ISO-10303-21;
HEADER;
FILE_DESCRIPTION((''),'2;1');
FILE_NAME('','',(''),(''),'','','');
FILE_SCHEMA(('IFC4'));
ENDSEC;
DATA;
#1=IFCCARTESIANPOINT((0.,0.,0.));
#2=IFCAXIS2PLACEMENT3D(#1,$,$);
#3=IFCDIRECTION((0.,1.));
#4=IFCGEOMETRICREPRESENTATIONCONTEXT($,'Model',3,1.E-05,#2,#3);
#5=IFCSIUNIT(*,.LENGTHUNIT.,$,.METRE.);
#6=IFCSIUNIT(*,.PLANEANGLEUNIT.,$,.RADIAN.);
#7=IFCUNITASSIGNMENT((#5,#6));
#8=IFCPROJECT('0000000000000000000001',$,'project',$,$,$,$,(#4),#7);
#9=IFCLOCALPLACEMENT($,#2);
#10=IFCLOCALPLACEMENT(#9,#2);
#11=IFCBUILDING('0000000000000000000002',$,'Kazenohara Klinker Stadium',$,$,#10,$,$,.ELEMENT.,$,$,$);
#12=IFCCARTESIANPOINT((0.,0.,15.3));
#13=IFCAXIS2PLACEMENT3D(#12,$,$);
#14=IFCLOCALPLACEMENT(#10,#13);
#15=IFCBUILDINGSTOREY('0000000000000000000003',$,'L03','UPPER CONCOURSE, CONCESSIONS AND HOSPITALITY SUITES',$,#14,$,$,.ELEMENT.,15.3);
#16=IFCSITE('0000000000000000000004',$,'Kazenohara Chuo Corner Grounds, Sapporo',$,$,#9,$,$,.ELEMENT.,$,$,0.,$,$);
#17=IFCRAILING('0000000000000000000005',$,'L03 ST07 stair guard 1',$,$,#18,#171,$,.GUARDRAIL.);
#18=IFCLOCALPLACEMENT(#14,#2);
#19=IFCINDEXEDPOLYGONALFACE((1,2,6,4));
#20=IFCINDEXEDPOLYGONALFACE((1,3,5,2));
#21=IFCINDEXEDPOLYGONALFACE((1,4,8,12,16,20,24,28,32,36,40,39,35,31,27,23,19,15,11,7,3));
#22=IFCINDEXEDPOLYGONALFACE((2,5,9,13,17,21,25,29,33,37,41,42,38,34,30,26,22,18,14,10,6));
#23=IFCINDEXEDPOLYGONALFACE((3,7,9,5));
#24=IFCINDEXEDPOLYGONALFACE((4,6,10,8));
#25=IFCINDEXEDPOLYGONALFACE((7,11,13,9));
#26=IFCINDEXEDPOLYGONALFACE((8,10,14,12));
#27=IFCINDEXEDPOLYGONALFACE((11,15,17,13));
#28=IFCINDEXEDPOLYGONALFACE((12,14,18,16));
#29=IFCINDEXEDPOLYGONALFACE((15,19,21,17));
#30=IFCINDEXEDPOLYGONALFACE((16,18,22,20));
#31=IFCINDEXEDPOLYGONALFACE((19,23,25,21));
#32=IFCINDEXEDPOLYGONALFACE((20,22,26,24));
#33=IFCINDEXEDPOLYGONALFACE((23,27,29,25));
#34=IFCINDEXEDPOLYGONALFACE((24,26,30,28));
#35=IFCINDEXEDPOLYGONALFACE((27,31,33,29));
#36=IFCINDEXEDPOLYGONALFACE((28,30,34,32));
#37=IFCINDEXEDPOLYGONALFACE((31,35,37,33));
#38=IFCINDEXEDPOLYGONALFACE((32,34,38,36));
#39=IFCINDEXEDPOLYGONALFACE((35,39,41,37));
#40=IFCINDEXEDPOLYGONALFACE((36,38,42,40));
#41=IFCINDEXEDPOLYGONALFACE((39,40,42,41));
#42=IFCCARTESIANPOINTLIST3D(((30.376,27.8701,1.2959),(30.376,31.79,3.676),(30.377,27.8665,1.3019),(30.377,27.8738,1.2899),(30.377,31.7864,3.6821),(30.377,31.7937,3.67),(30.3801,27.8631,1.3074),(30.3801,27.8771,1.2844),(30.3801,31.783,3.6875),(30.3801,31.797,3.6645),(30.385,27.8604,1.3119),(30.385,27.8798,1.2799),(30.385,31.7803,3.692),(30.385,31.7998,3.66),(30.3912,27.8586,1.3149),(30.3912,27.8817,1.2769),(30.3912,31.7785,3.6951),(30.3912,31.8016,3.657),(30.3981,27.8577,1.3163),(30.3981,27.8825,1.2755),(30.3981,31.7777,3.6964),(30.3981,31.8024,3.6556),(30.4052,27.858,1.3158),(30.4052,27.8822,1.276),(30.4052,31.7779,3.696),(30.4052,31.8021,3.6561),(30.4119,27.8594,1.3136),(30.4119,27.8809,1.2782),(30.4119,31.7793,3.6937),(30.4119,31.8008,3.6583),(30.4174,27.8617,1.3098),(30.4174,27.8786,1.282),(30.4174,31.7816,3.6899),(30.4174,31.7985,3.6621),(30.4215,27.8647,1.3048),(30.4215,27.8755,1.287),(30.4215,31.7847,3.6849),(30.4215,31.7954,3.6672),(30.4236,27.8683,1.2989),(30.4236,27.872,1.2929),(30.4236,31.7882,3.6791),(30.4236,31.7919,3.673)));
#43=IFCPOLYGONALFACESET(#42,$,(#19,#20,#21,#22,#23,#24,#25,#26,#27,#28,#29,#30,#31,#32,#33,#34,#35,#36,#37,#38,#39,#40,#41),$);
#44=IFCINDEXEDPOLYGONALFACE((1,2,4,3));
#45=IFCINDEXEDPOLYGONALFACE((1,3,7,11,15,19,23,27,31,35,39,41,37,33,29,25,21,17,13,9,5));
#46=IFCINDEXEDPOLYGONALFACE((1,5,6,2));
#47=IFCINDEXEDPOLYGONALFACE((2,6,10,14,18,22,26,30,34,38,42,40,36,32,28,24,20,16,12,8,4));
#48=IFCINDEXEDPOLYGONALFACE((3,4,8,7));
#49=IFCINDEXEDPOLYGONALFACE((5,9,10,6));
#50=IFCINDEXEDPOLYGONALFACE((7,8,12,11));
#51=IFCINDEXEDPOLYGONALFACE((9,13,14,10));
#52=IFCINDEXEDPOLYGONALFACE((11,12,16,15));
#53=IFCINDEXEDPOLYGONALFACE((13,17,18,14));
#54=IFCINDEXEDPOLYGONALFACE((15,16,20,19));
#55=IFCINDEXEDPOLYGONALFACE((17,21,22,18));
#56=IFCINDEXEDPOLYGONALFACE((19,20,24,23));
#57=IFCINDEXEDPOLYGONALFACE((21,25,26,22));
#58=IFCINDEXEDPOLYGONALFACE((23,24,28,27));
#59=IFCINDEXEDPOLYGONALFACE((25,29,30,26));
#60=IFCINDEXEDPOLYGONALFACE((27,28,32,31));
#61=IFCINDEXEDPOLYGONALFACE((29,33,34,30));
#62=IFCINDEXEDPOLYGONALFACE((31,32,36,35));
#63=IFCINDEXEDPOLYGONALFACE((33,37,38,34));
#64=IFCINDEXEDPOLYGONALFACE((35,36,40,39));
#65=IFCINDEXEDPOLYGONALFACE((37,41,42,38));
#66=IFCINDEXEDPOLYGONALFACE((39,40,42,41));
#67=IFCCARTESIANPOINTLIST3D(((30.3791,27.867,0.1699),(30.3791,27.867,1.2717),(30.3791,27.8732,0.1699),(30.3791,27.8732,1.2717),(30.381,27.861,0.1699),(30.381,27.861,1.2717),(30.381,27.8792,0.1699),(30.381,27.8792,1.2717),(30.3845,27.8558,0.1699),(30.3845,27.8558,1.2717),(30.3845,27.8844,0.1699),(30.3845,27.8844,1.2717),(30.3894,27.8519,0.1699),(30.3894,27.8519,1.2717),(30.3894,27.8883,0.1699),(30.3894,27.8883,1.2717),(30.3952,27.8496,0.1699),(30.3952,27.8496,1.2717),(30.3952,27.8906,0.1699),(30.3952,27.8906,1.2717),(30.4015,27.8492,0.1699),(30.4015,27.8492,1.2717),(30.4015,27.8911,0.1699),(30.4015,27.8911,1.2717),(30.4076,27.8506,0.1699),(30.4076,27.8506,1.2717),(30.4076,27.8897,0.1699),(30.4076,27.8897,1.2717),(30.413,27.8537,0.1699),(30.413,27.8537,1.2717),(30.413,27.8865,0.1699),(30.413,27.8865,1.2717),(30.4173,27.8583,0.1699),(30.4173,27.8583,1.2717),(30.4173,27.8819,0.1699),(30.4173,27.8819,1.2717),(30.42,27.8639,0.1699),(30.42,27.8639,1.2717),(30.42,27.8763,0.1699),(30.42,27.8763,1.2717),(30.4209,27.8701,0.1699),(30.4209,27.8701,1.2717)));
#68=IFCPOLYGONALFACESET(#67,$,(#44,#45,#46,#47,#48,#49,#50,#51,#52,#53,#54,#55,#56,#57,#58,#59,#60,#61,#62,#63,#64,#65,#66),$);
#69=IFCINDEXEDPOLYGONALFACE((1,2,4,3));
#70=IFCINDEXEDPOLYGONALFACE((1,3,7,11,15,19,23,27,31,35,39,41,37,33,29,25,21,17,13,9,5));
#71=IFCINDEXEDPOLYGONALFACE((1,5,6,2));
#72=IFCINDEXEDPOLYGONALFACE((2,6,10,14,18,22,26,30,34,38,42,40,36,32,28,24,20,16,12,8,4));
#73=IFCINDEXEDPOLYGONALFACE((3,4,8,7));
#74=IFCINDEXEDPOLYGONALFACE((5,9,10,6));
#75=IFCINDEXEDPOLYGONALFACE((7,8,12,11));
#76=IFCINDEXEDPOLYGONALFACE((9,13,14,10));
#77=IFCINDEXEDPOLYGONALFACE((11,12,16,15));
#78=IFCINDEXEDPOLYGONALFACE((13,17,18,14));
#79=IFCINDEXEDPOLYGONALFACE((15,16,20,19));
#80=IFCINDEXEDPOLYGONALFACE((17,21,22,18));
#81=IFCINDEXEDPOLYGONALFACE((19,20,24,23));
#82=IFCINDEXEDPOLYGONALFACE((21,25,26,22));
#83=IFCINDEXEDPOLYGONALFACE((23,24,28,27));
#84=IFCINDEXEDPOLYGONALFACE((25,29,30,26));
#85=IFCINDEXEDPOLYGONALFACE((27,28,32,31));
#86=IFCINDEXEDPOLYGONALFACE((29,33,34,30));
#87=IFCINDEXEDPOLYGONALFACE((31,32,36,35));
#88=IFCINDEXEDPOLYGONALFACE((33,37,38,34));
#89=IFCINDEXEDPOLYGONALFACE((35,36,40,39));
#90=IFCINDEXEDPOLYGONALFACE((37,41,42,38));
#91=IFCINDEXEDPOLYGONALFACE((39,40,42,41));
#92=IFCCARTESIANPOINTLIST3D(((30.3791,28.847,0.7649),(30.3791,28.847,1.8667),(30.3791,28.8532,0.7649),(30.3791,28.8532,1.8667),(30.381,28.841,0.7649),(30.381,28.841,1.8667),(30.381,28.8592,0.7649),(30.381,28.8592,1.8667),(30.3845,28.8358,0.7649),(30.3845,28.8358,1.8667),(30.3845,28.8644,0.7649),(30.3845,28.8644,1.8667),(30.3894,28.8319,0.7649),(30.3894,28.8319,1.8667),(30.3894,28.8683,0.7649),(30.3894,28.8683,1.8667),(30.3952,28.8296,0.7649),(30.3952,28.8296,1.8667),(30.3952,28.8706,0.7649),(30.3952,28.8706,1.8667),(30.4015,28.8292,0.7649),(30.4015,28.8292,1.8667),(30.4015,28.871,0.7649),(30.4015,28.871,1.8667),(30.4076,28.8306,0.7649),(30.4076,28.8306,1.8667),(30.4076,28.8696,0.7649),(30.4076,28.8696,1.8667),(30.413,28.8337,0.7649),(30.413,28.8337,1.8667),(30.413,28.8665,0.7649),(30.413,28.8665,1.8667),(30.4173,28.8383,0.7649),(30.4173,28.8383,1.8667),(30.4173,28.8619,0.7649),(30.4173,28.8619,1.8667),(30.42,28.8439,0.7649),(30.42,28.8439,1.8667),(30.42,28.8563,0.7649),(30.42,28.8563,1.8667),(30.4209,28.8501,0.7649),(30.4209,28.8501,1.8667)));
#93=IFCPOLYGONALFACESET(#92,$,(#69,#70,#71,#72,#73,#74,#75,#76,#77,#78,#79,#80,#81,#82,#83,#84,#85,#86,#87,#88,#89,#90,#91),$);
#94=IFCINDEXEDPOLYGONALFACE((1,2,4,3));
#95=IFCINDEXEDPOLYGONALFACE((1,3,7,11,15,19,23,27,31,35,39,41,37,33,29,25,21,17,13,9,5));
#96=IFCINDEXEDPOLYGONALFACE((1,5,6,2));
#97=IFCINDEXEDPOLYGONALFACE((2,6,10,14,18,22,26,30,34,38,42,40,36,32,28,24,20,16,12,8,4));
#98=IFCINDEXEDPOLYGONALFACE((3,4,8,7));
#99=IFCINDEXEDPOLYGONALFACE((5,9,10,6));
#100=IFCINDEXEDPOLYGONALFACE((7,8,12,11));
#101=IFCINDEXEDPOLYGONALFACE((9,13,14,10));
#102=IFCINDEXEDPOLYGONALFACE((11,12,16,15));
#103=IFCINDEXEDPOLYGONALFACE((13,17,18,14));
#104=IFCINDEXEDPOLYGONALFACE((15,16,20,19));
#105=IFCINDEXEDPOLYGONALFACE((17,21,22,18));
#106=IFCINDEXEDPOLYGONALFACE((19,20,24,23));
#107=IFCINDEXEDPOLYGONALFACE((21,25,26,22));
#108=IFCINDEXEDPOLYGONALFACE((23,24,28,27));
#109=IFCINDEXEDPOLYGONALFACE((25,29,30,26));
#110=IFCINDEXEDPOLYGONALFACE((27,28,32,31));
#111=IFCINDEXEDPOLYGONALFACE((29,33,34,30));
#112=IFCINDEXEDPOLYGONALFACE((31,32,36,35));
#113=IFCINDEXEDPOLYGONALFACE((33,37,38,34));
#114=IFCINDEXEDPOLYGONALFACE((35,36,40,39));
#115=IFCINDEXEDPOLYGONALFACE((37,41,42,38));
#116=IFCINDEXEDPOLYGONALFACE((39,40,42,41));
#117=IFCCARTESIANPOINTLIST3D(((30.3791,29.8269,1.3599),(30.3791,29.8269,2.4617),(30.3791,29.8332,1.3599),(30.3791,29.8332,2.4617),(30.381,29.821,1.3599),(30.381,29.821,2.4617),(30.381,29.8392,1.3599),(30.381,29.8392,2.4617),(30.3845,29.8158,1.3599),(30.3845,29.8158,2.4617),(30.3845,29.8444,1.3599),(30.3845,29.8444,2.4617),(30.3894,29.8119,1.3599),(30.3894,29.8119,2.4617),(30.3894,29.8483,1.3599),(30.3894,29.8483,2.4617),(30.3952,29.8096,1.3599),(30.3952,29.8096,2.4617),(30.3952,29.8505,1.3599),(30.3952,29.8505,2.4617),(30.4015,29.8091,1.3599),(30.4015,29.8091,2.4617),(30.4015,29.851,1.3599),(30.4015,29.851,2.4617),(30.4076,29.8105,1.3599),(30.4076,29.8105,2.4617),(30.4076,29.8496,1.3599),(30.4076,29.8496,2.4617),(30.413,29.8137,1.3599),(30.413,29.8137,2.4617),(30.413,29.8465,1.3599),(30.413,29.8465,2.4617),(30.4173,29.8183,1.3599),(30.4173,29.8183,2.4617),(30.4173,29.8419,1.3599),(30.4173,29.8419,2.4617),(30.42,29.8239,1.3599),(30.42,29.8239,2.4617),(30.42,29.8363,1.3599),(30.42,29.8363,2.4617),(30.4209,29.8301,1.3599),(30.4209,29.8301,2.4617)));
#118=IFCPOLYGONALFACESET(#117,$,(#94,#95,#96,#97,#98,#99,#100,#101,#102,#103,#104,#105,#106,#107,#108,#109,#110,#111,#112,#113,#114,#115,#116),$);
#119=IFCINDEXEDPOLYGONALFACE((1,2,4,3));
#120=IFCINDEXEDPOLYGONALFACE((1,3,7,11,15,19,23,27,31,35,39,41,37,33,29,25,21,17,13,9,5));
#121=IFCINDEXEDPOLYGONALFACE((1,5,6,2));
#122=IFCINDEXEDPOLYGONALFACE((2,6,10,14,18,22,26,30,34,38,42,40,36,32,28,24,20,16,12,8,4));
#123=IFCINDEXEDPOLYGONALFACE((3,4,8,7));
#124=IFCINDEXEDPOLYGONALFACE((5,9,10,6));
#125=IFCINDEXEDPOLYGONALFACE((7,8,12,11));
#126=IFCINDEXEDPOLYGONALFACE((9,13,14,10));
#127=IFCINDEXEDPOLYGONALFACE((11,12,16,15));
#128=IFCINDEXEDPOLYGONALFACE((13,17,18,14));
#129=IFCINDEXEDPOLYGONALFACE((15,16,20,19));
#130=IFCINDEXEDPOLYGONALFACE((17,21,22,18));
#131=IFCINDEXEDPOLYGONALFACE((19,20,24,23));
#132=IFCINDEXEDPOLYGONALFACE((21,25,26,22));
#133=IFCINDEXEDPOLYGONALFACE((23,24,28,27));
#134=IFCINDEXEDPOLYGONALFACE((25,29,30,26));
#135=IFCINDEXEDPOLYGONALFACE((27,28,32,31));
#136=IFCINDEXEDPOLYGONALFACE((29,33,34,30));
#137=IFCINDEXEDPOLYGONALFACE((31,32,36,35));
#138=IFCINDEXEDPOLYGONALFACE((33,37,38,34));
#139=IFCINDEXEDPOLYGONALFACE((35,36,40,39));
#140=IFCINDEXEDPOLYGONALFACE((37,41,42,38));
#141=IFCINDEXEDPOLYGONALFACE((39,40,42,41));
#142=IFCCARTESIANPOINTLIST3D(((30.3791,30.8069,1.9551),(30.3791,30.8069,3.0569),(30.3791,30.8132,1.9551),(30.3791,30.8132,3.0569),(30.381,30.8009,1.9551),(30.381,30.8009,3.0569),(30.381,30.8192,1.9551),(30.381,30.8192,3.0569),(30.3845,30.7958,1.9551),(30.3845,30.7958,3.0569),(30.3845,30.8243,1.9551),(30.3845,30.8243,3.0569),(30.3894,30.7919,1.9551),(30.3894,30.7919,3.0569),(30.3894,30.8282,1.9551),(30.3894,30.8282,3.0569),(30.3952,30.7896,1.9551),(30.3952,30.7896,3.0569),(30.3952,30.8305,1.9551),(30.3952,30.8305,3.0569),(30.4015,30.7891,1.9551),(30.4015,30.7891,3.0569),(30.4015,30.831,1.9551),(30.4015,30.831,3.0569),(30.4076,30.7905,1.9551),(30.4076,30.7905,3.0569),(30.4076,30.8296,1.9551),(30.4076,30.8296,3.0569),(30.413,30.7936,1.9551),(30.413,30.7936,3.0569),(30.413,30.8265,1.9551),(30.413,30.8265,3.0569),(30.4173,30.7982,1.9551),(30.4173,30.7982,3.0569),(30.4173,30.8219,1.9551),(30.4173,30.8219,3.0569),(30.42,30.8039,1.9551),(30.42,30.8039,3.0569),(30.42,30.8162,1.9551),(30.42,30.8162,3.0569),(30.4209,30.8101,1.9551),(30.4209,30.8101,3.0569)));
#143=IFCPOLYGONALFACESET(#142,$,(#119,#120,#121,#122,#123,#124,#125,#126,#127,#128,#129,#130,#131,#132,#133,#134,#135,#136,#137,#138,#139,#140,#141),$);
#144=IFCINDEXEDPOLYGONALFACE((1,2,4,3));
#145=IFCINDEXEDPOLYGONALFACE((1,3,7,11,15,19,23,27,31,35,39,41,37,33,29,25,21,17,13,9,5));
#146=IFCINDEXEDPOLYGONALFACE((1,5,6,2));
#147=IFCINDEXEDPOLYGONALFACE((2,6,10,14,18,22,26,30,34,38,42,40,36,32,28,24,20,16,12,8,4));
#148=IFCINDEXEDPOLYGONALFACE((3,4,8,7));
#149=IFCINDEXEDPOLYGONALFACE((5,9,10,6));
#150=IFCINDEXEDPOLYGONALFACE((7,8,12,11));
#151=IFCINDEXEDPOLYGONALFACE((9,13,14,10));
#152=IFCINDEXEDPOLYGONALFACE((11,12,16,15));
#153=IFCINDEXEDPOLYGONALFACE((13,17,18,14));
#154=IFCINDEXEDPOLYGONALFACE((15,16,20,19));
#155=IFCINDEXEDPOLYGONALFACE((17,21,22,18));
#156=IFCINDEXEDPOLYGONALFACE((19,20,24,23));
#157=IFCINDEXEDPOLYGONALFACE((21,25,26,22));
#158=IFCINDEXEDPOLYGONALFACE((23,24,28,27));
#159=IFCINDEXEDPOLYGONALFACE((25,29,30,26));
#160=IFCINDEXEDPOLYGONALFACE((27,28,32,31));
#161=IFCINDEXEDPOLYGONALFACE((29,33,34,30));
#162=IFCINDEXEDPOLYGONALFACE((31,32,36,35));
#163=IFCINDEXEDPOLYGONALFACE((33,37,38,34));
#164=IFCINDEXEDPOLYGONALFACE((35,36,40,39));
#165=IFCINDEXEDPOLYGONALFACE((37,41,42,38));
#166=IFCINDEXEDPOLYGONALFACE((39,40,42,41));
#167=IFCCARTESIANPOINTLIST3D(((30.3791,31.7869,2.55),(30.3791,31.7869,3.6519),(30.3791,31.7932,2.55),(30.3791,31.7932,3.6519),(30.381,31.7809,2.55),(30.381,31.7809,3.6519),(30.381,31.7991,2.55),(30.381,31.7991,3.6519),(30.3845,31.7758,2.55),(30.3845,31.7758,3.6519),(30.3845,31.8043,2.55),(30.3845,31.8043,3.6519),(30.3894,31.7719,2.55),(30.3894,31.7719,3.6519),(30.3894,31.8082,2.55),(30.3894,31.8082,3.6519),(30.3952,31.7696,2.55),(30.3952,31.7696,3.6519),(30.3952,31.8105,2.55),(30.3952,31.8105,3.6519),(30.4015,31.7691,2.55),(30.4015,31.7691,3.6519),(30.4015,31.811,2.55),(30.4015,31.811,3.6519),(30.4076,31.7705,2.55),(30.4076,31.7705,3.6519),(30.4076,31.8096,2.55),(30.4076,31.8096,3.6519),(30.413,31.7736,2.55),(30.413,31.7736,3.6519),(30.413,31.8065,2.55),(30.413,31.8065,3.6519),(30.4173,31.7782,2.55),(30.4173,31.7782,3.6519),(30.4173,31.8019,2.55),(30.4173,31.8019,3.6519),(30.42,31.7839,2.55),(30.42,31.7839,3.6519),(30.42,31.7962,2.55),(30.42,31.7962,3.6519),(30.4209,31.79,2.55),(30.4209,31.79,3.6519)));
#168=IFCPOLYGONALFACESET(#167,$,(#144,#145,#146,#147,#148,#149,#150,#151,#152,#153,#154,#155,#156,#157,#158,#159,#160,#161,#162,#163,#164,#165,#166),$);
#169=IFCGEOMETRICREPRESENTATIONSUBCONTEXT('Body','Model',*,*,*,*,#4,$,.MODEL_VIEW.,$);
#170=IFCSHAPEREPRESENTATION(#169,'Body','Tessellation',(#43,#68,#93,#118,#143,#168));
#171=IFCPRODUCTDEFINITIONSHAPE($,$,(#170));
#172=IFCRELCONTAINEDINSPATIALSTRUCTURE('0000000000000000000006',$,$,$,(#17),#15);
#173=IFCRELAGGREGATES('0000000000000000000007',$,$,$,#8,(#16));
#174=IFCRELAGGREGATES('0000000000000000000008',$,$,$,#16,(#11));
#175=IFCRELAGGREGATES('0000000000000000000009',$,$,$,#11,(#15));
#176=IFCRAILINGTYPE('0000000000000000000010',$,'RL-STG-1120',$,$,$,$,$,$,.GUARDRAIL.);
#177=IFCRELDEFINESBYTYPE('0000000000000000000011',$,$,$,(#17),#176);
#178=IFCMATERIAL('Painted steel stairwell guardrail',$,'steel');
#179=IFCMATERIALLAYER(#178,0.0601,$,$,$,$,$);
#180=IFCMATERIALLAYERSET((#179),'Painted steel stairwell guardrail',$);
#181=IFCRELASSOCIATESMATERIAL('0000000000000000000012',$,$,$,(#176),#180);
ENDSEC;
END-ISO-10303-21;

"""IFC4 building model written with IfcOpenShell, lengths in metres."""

from ifc_helpers import new_model, si_unit, direction, frame, origin, origin_2d, place, context, subcontext, project, spatial, circle, extrude, material, layer, layer_set, type_object, element, save


model = new_model("IFC4")

# Units and contexts
model_context = context("Model", 3, precision=1e-05, world=origin(), true_north=direction((0.0, 1.0)))
body_context = subcontext(model_context, "Body", "Model", "MODEL_VIEW")
ifc_project = project(units=[si_unit("LENGTHUNIT", "METRE"), si_unit("PLANEANGLEUNIT", "RADIAN")], contexts=[model_context])

# Site, building, storey
site_placement = place(None, origin())
site = spatial("IfcSite", under=ifc_project, at=site_placement, Name="Kazenohara Chuo Corner Grounds, Sapporo", CompositionType="ELEMENT", RefElevation=0.0)
building_placement = place(site_placement, origin())
building = spatial("IfcBuilding", under=site, at=building_placement, Name="Kazenohara Klinker Stadium", CompositionType="ELEMENT")
storey_placement = place(building_placement, frame((0.0, 0.0, 15.3)))
storey = spatial("IfcBuildingStorey", under=building, at=storey_placement, Name="L03", Description="UPPER CONCOURSE, CONCESSIONS AND HOSPITALITY SUITES", CompositionType="ELEMENT", Elevation=15.3)

# Railing
ifc_material_1 = material(Name="Painted steel stairwell guardrail", Category="steel")
ifc_layer_1 = layer(ifc_material_1, 0.0601)
ifc_layer_set_1 = layer_set([ifc_layer_1], Name="Painted steel stairwell guardrail")
railing_type_1 = type_object("IfcRailingType", Name="RL-STG-1120", PredefinedType="GUARDRAIL", material=ifc_layer_set_1)
railing_1_placement = place(storey_placement, frame((30.3999, 27.8701, 0.1699)))
element("IfcRailing", 1, at=railing_1_placement, inside=storey, type_object=railing_type_1, Name="L03 ST07 stair guard 1", PredefinedType="GUARDRAIL", context=body_context, shape_type="SweptSolid", body=[
    extrude(circle(Radius=0.0239, at=origin_2d()), frame((0.0, 0.0, 1.126), z_axis=(0.0, 0.854771, 0.519006), x_axis=(-1.0, 0.0, 0.0)), (0.0, 0.0, 1.0), 4.5859),
    extrude(circle(Radius=0.021, at=origin_2d()), origin(), (0.0, 0.0, 1.0), 1.1018),
    extrude(circle(Radius=0.021, at=origin_2d()), frame((0.0, 0.98, 0.595)), (0.0, 0.0, 1.0), 1.1018),
    extrude(circle(Radius=0.021, at=origin_2d()), frame((0.0, 1.96, 1.1899)), (0.0, 0.0, 1.0), 1.1018),
    extrude(circle(Radius=0.021, at=origin_2d()), frame((0.0, 2.9399, 1.7852)), (0.0, 0.0, 1.0), 1.1018),
    extrude(circle(Radius=0.021, at=origin_2d()), frame((0.0, 3.9199, 2.3801)), (0.0, 0.0, 1.0), 1.1018),
])

save(model, "model.ifc")
